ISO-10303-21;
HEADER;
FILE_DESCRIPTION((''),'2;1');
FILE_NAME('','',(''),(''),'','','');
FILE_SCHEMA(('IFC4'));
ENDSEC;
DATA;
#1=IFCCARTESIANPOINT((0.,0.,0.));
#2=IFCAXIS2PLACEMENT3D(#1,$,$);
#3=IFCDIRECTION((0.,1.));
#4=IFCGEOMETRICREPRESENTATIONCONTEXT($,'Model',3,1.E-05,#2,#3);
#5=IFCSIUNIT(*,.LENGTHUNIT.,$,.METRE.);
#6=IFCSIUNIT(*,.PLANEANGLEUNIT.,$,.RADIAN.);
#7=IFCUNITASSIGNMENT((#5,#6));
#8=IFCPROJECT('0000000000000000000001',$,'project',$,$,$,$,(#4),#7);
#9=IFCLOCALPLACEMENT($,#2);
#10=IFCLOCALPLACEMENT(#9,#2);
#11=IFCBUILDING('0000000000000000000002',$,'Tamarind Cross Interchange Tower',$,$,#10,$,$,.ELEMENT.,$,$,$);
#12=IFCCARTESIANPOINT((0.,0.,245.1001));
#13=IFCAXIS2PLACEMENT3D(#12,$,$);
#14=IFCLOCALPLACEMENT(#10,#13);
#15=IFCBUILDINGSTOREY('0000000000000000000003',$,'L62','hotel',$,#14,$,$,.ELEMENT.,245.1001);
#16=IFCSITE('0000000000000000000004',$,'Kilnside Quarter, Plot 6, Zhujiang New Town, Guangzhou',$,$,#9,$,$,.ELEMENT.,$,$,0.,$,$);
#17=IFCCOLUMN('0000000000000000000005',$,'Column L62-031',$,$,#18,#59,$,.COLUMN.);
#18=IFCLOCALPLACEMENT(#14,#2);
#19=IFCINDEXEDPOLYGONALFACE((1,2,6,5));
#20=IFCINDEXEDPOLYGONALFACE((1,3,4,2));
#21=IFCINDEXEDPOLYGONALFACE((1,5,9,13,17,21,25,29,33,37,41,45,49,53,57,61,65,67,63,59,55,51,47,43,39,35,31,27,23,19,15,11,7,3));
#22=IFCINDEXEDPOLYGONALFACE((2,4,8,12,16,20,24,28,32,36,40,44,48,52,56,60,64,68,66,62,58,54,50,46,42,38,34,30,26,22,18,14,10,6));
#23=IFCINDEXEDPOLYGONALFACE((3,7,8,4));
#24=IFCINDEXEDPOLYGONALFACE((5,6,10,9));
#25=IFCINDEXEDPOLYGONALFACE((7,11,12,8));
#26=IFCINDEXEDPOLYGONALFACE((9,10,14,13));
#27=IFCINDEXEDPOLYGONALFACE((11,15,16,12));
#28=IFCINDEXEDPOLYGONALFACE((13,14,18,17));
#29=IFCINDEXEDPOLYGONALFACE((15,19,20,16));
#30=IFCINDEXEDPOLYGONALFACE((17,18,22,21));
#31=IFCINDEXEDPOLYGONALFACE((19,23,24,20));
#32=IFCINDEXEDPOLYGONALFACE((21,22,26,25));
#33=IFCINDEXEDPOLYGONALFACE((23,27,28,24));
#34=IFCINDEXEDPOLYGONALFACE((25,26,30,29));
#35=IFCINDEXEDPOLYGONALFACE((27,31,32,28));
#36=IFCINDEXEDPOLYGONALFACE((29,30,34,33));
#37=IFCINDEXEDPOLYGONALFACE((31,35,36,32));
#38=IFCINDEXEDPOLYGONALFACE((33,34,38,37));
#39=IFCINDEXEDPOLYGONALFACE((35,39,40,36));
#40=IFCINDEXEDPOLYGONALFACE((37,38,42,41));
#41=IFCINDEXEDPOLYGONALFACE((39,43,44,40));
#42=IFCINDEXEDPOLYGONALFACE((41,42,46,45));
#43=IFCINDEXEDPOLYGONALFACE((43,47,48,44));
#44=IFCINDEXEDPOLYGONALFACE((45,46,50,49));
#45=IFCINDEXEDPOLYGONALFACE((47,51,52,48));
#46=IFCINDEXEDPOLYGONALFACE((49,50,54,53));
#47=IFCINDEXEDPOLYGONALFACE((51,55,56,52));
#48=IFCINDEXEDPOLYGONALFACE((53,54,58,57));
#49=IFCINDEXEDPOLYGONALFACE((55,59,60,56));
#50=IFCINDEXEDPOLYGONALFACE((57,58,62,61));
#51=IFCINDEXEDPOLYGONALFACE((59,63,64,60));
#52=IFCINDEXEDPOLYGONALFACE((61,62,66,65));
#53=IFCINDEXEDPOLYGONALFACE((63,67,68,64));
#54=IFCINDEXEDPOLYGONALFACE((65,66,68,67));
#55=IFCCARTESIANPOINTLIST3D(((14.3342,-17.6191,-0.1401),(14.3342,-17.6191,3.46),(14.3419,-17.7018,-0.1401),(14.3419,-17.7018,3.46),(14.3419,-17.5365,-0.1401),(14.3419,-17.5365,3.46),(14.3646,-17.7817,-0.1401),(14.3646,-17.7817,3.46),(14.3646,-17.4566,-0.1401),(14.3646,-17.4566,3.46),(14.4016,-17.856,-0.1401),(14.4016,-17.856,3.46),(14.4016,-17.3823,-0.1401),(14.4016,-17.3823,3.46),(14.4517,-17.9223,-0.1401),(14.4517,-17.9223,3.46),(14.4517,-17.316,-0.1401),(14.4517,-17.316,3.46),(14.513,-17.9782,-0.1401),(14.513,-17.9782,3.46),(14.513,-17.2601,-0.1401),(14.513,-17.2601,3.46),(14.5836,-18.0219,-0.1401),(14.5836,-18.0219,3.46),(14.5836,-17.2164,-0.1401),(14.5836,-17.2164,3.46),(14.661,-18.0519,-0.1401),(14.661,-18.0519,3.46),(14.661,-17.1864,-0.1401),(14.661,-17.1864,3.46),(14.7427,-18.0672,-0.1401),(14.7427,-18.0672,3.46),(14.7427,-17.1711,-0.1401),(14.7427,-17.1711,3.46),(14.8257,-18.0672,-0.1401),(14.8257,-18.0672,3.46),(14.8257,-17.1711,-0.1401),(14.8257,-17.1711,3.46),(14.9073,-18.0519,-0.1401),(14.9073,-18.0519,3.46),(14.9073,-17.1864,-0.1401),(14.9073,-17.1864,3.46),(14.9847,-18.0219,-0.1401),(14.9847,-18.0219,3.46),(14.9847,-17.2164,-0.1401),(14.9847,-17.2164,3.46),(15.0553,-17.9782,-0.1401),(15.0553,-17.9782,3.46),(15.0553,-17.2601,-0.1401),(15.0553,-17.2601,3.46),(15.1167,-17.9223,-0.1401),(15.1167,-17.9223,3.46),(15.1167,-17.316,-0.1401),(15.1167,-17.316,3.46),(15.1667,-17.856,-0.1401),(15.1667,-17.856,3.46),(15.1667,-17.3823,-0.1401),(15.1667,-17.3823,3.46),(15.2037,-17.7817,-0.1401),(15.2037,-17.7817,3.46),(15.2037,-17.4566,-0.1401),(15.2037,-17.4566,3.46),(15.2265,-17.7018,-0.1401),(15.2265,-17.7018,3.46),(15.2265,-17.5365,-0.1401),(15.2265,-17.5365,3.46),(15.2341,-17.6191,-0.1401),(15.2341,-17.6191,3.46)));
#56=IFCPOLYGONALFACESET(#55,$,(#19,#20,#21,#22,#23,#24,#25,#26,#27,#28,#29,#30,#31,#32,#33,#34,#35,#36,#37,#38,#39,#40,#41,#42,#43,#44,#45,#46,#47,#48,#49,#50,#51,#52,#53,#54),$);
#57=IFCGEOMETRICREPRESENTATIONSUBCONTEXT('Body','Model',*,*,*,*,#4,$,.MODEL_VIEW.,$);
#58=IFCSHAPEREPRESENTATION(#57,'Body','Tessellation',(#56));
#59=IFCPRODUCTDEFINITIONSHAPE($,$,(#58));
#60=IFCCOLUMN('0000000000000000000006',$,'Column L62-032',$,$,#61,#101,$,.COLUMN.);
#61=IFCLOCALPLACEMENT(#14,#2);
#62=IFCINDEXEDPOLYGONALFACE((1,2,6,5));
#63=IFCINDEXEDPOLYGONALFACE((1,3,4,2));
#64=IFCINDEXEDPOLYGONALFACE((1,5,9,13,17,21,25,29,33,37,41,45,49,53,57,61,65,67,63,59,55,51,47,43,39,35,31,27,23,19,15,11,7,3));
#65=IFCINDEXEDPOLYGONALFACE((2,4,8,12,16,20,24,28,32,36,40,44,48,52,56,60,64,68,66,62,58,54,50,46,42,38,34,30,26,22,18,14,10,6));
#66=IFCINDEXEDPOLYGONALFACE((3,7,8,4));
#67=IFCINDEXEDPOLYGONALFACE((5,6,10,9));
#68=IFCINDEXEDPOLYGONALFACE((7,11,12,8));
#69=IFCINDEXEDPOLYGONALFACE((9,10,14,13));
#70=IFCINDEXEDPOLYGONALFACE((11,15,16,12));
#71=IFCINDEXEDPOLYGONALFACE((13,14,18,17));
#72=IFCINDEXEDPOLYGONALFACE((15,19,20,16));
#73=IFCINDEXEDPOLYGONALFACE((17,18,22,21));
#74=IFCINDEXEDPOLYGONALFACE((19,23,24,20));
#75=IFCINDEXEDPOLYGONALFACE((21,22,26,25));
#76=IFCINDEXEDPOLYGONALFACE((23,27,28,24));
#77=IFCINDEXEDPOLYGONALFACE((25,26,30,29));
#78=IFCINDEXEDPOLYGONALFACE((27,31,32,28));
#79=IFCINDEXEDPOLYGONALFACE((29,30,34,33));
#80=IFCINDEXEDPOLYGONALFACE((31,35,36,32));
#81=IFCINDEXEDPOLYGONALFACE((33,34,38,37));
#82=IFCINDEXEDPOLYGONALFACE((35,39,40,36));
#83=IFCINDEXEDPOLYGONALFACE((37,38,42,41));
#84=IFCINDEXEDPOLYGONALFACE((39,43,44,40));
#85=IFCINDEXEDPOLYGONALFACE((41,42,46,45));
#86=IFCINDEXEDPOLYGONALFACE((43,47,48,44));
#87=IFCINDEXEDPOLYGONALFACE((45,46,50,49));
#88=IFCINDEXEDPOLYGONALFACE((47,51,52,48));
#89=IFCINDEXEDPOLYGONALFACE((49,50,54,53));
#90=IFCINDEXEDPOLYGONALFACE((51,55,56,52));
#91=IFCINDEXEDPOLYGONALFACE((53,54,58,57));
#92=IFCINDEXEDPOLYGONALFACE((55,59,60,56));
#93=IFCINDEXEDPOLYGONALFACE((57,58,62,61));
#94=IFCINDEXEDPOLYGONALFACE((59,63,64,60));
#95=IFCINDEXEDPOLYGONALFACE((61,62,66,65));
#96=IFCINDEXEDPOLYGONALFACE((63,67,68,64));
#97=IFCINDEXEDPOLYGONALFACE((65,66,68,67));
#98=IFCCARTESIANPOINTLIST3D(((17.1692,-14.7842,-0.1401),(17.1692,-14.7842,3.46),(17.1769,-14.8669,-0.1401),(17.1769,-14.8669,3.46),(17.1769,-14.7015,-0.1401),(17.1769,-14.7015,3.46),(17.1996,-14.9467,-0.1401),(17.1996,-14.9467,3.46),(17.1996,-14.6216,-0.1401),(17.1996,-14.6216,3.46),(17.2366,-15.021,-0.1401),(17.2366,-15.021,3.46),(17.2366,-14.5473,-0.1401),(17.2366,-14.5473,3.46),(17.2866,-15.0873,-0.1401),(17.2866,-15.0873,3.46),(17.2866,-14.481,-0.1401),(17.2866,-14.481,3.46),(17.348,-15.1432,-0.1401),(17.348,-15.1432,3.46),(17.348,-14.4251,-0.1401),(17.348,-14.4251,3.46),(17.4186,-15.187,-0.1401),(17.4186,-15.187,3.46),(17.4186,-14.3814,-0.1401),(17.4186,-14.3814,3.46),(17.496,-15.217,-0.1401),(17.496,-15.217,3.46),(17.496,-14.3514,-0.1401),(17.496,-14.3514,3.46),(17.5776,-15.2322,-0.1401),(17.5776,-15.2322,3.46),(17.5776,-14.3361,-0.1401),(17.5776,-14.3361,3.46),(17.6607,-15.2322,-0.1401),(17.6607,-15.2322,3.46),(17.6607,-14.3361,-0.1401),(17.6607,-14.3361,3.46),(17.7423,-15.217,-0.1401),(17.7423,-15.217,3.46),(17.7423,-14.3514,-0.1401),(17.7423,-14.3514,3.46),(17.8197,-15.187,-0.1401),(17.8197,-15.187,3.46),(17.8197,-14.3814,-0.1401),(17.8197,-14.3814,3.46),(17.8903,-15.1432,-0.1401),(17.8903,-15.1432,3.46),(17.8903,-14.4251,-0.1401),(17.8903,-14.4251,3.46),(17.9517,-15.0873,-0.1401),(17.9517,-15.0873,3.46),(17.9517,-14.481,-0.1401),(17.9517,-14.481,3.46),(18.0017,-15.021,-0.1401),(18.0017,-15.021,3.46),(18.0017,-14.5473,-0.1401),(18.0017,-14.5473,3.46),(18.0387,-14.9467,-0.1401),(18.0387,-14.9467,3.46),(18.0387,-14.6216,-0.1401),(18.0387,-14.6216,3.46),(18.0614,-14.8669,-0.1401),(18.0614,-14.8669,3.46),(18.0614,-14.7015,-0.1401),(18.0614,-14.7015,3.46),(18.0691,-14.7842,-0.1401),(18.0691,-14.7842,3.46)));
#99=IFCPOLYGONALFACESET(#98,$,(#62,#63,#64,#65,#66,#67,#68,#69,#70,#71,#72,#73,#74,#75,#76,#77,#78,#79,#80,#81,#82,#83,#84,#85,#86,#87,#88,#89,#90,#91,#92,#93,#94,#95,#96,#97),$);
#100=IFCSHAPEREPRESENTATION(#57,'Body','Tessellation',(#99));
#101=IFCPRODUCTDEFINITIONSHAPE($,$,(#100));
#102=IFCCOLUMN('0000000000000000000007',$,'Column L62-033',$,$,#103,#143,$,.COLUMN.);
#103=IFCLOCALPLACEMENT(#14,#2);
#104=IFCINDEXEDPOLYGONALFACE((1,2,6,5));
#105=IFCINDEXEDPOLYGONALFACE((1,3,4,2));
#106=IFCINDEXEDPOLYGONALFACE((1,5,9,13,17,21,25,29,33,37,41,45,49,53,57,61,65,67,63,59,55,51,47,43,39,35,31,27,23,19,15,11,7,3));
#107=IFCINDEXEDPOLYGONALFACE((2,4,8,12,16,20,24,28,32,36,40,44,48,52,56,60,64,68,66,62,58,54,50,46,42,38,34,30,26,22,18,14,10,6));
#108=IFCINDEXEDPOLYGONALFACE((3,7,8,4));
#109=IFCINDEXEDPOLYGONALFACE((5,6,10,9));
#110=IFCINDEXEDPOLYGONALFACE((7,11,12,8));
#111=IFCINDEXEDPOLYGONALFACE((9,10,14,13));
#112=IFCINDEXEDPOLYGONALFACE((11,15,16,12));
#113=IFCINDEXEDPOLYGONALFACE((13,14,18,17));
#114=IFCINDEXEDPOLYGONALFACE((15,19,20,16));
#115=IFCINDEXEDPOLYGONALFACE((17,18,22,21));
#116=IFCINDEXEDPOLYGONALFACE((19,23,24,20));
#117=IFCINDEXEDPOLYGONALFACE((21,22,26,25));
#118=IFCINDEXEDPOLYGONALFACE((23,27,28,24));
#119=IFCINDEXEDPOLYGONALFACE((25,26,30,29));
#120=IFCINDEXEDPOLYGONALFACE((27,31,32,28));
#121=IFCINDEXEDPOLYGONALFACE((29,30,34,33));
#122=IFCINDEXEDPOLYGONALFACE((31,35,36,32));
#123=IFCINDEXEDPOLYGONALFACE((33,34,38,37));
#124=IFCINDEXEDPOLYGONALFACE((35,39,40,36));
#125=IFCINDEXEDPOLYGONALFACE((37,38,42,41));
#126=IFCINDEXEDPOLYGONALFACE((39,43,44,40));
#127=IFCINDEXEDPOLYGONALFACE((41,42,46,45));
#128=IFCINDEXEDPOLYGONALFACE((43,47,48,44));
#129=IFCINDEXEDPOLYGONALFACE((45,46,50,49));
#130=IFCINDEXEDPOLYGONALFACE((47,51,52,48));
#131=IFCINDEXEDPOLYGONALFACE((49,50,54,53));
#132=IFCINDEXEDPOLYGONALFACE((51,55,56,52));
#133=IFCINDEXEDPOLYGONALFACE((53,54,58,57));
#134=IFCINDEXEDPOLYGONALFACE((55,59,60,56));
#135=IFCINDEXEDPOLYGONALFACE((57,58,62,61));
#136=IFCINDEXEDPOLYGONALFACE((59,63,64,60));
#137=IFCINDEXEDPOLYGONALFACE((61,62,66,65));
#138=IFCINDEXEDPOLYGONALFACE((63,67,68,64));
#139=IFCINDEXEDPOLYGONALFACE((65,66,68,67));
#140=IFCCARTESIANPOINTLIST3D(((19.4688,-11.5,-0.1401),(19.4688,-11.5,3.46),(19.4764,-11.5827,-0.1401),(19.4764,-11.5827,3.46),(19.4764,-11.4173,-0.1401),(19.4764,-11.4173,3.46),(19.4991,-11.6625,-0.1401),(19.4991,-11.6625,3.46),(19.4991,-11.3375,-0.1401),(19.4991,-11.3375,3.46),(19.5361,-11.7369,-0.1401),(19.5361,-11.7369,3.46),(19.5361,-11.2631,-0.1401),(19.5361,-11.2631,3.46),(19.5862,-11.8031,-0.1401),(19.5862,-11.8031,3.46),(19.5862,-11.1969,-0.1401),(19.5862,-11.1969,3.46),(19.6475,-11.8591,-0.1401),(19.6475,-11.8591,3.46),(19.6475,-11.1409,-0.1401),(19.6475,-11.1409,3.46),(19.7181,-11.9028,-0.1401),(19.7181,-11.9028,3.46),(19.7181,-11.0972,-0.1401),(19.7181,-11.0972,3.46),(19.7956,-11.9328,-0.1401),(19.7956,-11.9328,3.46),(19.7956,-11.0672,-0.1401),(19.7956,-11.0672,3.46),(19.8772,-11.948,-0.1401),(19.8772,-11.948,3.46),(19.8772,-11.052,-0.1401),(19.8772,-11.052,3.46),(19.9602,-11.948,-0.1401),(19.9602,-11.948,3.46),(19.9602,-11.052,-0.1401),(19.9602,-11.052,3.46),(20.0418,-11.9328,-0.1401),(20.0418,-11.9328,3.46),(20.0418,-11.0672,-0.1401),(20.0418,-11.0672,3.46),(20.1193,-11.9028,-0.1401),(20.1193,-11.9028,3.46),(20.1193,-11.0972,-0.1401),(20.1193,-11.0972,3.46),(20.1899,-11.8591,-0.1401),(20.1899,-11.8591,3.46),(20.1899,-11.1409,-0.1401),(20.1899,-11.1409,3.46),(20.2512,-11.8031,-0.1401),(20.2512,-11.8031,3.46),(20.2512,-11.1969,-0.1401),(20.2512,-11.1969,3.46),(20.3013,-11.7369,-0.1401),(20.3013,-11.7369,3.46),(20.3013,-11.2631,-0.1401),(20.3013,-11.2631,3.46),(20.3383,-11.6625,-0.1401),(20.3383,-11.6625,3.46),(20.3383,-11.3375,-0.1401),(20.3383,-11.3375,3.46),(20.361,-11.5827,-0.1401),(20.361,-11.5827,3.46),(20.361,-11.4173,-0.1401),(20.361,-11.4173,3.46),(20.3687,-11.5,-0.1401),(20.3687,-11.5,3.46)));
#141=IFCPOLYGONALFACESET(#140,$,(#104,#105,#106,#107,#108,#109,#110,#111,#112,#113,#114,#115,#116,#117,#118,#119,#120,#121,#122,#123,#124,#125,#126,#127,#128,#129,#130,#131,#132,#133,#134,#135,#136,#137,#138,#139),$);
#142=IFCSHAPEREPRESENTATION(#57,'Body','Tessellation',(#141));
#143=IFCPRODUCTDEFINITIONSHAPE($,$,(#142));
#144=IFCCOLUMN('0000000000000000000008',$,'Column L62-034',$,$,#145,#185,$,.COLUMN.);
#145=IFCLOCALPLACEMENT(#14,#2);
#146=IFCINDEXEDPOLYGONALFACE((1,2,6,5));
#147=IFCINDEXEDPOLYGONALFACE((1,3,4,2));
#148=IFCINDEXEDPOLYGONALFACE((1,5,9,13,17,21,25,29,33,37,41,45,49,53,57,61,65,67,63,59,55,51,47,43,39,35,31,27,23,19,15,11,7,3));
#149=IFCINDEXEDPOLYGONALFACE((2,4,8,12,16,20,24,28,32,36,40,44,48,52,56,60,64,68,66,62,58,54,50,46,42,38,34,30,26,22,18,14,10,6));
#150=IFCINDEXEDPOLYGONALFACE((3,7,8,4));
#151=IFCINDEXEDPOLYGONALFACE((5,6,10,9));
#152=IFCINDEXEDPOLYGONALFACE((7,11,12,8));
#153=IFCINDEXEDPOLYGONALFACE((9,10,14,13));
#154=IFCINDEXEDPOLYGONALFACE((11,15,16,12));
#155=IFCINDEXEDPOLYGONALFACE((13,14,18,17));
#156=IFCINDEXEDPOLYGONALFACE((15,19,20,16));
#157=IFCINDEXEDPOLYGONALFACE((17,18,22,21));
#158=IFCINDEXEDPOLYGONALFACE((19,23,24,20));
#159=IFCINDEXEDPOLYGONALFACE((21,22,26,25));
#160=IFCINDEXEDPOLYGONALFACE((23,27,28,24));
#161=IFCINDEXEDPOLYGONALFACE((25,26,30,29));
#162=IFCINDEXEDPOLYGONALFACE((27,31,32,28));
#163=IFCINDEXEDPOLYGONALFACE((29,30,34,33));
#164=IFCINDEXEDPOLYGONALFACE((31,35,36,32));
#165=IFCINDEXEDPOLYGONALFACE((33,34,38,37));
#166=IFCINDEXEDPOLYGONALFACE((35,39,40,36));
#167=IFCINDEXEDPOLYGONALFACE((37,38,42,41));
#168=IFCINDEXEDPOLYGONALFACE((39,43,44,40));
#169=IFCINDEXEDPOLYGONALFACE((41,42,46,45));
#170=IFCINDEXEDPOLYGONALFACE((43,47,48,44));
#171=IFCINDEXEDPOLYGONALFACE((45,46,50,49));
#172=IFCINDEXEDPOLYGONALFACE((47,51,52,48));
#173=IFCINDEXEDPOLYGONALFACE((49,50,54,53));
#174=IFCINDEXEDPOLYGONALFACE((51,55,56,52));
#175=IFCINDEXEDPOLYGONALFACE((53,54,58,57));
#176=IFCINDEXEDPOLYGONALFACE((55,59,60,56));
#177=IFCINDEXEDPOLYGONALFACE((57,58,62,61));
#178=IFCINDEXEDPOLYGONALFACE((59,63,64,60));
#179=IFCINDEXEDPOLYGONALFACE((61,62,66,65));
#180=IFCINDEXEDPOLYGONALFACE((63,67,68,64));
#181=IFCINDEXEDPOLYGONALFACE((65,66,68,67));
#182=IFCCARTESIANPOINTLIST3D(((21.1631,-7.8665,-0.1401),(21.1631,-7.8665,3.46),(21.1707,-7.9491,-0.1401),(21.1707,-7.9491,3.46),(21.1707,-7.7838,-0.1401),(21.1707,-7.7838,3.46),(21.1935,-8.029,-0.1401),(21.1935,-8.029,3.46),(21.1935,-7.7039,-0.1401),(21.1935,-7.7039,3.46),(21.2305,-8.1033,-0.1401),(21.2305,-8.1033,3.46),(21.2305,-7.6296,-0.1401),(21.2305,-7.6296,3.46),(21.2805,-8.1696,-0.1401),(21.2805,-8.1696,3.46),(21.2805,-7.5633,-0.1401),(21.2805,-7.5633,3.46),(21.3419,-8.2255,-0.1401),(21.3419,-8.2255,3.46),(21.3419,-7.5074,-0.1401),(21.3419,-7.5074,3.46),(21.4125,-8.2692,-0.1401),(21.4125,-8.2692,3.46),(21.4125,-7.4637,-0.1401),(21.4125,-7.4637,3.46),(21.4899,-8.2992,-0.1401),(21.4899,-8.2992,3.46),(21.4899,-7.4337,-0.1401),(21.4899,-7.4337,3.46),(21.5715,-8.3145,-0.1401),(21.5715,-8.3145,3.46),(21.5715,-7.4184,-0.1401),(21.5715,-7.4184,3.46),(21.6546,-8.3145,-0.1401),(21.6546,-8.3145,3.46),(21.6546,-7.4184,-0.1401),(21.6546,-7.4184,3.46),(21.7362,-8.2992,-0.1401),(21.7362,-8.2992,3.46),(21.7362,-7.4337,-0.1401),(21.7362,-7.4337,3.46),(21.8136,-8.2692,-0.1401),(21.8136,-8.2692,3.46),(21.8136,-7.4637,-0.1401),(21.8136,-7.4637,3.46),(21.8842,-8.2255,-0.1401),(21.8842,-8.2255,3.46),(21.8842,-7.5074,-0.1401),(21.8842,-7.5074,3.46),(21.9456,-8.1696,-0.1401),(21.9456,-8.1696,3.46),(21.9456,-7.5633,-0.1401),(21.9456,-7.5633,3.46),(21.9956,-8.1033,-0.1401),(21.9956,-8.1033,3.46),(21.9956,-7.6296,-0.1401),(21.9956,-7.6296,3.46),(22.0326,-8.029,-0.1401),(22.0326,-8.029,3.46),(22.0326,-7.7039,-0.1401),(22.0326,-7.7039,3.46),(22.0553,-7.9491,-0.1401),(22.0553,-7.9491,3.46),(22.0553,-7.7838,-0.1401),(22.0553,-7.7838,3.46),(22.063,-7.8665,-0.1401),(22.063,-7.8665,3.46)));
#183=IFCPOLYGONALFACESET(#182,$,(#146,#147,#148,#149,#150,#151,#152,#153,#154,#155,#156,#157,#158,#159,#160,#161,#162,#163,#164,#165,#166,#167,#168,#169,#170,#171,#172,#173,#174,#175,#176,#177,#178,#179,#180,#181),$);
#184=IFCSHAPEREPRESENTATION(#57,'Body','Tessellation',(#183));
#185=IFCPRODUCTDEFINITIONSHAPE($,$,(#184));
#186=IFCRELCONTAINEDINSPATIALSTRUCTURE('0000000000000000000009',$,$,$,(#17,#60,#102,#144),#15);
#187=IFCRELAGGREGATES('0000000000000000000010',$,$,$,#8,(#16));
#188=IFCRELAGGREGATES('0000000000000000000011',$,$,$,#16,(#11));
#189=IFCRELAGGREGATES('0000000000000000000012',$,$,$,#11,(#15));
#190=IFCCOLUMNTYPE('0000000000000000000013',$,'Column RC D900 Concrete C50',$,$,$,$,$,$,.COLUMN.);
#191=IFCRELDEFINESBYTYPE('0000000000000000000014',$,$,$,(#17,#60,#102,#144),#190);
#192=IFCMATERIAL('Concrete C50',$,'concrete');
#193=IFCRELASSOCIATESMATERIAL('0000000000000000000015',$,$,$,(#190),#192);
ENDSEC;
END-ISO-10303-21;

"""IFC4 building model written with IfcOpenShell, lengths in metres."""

from ifc_helpers import new_model, si_unit, direction, frame, origin, origin_2d, place, context, subcontext, project, spatial, circle, extrude, material, material_profile, profile_set, type_object, element, save


model = new_model("IFC4")

# Units and contexts
model_context = context("Model", 3, precision=1e-05, world=origin(), true_north=direction((0.0, 1.0)))
body_context = subcontext(model_context, "Body", "Model", "MODEL_VIEW")
ifc_project = project(units=[si_unit("LENGTHUNIT", "METRE"), si_unit("PLANEANGLEUNIT", "RADIAN")], contexts=[model_context])

# Site, building, storey
site_placement = place(None, origin())
site = spatial("IfcSite", under=ifc_project, at=site_placement, Name="Kilnside Quarter, Plot 6, Zhujiang New Town, Guangzhou", CompositionType="ELEMENT", RefElevation=0.0)
building_placement = place(site_placement, origin())
building = spatial("IfcBuilding", under=site, at=building_placement, Name="Tamarind Cross Interchange Tower", CompositionType="ELEMENT")
storey_placement = place(building_placement, frame((0.0, 0.0, 245.1001)))
storey = spatial("IfcBuildingStorey", under=building, at=storey_placement, Name="L62", Description="hotel", CompositionType="ELEMENT", Elevation=245.1001)

# Columns
ifc_material_1 = material(Name="Concrete C50", Category="concrete")
ifc_material_profile_1 = material_profile(ifc_material_1, circle(Radius=0.45, at=origin_2d()), Name="RC D900")
ifc_profile_set_1 = profile_set([ifc_material_profile_1], Name="Concrete C50")
column_type = type_object("IfcColumnType", Name="Column RC D900 Concrete C50", PredefinedType="COLUMN", material=ifc_profile_set_1)
for number, where, z_axis, x_axis, name in (
    (1, (14.7842, -17.6191, -0.1401), (0.0, 0.0, 1.0), (1.0, 0.0, 0.0), "Column L62-031"),
    (2, (17.6191, -14.7842, -0.1401), (0.0, 0.0, 1.0), (1.0, 0.0, 0.0), "Column L62-032"),
    (3, (19.9187, -11.5, -0.1401), (0.0, 0.0, 1.0), (1.0, 0.0, 0.0), "Column L62-033"),
    (4, (21.613, -7.8665, -0.1401), (0.0, 0.0, 1.0), (1.0, 0.0, 0.0), "Column L62-034"),
):
    element("IfcColumn", number, at=place(storey_placement, frame(where, z_axis=z_axis, x_axis=x_axis)), inside=storey, type_object=column_type, Name=name, PredefinedType="COLUMN", context=body_context, shape_type="SweptSolid", body=[
        extrude(circle(Radius=0.45, at=origin_2d()), origin(), (0.0, 0.0, 1.0), 3.6001),
    ])

save(model, "model.ifc")
